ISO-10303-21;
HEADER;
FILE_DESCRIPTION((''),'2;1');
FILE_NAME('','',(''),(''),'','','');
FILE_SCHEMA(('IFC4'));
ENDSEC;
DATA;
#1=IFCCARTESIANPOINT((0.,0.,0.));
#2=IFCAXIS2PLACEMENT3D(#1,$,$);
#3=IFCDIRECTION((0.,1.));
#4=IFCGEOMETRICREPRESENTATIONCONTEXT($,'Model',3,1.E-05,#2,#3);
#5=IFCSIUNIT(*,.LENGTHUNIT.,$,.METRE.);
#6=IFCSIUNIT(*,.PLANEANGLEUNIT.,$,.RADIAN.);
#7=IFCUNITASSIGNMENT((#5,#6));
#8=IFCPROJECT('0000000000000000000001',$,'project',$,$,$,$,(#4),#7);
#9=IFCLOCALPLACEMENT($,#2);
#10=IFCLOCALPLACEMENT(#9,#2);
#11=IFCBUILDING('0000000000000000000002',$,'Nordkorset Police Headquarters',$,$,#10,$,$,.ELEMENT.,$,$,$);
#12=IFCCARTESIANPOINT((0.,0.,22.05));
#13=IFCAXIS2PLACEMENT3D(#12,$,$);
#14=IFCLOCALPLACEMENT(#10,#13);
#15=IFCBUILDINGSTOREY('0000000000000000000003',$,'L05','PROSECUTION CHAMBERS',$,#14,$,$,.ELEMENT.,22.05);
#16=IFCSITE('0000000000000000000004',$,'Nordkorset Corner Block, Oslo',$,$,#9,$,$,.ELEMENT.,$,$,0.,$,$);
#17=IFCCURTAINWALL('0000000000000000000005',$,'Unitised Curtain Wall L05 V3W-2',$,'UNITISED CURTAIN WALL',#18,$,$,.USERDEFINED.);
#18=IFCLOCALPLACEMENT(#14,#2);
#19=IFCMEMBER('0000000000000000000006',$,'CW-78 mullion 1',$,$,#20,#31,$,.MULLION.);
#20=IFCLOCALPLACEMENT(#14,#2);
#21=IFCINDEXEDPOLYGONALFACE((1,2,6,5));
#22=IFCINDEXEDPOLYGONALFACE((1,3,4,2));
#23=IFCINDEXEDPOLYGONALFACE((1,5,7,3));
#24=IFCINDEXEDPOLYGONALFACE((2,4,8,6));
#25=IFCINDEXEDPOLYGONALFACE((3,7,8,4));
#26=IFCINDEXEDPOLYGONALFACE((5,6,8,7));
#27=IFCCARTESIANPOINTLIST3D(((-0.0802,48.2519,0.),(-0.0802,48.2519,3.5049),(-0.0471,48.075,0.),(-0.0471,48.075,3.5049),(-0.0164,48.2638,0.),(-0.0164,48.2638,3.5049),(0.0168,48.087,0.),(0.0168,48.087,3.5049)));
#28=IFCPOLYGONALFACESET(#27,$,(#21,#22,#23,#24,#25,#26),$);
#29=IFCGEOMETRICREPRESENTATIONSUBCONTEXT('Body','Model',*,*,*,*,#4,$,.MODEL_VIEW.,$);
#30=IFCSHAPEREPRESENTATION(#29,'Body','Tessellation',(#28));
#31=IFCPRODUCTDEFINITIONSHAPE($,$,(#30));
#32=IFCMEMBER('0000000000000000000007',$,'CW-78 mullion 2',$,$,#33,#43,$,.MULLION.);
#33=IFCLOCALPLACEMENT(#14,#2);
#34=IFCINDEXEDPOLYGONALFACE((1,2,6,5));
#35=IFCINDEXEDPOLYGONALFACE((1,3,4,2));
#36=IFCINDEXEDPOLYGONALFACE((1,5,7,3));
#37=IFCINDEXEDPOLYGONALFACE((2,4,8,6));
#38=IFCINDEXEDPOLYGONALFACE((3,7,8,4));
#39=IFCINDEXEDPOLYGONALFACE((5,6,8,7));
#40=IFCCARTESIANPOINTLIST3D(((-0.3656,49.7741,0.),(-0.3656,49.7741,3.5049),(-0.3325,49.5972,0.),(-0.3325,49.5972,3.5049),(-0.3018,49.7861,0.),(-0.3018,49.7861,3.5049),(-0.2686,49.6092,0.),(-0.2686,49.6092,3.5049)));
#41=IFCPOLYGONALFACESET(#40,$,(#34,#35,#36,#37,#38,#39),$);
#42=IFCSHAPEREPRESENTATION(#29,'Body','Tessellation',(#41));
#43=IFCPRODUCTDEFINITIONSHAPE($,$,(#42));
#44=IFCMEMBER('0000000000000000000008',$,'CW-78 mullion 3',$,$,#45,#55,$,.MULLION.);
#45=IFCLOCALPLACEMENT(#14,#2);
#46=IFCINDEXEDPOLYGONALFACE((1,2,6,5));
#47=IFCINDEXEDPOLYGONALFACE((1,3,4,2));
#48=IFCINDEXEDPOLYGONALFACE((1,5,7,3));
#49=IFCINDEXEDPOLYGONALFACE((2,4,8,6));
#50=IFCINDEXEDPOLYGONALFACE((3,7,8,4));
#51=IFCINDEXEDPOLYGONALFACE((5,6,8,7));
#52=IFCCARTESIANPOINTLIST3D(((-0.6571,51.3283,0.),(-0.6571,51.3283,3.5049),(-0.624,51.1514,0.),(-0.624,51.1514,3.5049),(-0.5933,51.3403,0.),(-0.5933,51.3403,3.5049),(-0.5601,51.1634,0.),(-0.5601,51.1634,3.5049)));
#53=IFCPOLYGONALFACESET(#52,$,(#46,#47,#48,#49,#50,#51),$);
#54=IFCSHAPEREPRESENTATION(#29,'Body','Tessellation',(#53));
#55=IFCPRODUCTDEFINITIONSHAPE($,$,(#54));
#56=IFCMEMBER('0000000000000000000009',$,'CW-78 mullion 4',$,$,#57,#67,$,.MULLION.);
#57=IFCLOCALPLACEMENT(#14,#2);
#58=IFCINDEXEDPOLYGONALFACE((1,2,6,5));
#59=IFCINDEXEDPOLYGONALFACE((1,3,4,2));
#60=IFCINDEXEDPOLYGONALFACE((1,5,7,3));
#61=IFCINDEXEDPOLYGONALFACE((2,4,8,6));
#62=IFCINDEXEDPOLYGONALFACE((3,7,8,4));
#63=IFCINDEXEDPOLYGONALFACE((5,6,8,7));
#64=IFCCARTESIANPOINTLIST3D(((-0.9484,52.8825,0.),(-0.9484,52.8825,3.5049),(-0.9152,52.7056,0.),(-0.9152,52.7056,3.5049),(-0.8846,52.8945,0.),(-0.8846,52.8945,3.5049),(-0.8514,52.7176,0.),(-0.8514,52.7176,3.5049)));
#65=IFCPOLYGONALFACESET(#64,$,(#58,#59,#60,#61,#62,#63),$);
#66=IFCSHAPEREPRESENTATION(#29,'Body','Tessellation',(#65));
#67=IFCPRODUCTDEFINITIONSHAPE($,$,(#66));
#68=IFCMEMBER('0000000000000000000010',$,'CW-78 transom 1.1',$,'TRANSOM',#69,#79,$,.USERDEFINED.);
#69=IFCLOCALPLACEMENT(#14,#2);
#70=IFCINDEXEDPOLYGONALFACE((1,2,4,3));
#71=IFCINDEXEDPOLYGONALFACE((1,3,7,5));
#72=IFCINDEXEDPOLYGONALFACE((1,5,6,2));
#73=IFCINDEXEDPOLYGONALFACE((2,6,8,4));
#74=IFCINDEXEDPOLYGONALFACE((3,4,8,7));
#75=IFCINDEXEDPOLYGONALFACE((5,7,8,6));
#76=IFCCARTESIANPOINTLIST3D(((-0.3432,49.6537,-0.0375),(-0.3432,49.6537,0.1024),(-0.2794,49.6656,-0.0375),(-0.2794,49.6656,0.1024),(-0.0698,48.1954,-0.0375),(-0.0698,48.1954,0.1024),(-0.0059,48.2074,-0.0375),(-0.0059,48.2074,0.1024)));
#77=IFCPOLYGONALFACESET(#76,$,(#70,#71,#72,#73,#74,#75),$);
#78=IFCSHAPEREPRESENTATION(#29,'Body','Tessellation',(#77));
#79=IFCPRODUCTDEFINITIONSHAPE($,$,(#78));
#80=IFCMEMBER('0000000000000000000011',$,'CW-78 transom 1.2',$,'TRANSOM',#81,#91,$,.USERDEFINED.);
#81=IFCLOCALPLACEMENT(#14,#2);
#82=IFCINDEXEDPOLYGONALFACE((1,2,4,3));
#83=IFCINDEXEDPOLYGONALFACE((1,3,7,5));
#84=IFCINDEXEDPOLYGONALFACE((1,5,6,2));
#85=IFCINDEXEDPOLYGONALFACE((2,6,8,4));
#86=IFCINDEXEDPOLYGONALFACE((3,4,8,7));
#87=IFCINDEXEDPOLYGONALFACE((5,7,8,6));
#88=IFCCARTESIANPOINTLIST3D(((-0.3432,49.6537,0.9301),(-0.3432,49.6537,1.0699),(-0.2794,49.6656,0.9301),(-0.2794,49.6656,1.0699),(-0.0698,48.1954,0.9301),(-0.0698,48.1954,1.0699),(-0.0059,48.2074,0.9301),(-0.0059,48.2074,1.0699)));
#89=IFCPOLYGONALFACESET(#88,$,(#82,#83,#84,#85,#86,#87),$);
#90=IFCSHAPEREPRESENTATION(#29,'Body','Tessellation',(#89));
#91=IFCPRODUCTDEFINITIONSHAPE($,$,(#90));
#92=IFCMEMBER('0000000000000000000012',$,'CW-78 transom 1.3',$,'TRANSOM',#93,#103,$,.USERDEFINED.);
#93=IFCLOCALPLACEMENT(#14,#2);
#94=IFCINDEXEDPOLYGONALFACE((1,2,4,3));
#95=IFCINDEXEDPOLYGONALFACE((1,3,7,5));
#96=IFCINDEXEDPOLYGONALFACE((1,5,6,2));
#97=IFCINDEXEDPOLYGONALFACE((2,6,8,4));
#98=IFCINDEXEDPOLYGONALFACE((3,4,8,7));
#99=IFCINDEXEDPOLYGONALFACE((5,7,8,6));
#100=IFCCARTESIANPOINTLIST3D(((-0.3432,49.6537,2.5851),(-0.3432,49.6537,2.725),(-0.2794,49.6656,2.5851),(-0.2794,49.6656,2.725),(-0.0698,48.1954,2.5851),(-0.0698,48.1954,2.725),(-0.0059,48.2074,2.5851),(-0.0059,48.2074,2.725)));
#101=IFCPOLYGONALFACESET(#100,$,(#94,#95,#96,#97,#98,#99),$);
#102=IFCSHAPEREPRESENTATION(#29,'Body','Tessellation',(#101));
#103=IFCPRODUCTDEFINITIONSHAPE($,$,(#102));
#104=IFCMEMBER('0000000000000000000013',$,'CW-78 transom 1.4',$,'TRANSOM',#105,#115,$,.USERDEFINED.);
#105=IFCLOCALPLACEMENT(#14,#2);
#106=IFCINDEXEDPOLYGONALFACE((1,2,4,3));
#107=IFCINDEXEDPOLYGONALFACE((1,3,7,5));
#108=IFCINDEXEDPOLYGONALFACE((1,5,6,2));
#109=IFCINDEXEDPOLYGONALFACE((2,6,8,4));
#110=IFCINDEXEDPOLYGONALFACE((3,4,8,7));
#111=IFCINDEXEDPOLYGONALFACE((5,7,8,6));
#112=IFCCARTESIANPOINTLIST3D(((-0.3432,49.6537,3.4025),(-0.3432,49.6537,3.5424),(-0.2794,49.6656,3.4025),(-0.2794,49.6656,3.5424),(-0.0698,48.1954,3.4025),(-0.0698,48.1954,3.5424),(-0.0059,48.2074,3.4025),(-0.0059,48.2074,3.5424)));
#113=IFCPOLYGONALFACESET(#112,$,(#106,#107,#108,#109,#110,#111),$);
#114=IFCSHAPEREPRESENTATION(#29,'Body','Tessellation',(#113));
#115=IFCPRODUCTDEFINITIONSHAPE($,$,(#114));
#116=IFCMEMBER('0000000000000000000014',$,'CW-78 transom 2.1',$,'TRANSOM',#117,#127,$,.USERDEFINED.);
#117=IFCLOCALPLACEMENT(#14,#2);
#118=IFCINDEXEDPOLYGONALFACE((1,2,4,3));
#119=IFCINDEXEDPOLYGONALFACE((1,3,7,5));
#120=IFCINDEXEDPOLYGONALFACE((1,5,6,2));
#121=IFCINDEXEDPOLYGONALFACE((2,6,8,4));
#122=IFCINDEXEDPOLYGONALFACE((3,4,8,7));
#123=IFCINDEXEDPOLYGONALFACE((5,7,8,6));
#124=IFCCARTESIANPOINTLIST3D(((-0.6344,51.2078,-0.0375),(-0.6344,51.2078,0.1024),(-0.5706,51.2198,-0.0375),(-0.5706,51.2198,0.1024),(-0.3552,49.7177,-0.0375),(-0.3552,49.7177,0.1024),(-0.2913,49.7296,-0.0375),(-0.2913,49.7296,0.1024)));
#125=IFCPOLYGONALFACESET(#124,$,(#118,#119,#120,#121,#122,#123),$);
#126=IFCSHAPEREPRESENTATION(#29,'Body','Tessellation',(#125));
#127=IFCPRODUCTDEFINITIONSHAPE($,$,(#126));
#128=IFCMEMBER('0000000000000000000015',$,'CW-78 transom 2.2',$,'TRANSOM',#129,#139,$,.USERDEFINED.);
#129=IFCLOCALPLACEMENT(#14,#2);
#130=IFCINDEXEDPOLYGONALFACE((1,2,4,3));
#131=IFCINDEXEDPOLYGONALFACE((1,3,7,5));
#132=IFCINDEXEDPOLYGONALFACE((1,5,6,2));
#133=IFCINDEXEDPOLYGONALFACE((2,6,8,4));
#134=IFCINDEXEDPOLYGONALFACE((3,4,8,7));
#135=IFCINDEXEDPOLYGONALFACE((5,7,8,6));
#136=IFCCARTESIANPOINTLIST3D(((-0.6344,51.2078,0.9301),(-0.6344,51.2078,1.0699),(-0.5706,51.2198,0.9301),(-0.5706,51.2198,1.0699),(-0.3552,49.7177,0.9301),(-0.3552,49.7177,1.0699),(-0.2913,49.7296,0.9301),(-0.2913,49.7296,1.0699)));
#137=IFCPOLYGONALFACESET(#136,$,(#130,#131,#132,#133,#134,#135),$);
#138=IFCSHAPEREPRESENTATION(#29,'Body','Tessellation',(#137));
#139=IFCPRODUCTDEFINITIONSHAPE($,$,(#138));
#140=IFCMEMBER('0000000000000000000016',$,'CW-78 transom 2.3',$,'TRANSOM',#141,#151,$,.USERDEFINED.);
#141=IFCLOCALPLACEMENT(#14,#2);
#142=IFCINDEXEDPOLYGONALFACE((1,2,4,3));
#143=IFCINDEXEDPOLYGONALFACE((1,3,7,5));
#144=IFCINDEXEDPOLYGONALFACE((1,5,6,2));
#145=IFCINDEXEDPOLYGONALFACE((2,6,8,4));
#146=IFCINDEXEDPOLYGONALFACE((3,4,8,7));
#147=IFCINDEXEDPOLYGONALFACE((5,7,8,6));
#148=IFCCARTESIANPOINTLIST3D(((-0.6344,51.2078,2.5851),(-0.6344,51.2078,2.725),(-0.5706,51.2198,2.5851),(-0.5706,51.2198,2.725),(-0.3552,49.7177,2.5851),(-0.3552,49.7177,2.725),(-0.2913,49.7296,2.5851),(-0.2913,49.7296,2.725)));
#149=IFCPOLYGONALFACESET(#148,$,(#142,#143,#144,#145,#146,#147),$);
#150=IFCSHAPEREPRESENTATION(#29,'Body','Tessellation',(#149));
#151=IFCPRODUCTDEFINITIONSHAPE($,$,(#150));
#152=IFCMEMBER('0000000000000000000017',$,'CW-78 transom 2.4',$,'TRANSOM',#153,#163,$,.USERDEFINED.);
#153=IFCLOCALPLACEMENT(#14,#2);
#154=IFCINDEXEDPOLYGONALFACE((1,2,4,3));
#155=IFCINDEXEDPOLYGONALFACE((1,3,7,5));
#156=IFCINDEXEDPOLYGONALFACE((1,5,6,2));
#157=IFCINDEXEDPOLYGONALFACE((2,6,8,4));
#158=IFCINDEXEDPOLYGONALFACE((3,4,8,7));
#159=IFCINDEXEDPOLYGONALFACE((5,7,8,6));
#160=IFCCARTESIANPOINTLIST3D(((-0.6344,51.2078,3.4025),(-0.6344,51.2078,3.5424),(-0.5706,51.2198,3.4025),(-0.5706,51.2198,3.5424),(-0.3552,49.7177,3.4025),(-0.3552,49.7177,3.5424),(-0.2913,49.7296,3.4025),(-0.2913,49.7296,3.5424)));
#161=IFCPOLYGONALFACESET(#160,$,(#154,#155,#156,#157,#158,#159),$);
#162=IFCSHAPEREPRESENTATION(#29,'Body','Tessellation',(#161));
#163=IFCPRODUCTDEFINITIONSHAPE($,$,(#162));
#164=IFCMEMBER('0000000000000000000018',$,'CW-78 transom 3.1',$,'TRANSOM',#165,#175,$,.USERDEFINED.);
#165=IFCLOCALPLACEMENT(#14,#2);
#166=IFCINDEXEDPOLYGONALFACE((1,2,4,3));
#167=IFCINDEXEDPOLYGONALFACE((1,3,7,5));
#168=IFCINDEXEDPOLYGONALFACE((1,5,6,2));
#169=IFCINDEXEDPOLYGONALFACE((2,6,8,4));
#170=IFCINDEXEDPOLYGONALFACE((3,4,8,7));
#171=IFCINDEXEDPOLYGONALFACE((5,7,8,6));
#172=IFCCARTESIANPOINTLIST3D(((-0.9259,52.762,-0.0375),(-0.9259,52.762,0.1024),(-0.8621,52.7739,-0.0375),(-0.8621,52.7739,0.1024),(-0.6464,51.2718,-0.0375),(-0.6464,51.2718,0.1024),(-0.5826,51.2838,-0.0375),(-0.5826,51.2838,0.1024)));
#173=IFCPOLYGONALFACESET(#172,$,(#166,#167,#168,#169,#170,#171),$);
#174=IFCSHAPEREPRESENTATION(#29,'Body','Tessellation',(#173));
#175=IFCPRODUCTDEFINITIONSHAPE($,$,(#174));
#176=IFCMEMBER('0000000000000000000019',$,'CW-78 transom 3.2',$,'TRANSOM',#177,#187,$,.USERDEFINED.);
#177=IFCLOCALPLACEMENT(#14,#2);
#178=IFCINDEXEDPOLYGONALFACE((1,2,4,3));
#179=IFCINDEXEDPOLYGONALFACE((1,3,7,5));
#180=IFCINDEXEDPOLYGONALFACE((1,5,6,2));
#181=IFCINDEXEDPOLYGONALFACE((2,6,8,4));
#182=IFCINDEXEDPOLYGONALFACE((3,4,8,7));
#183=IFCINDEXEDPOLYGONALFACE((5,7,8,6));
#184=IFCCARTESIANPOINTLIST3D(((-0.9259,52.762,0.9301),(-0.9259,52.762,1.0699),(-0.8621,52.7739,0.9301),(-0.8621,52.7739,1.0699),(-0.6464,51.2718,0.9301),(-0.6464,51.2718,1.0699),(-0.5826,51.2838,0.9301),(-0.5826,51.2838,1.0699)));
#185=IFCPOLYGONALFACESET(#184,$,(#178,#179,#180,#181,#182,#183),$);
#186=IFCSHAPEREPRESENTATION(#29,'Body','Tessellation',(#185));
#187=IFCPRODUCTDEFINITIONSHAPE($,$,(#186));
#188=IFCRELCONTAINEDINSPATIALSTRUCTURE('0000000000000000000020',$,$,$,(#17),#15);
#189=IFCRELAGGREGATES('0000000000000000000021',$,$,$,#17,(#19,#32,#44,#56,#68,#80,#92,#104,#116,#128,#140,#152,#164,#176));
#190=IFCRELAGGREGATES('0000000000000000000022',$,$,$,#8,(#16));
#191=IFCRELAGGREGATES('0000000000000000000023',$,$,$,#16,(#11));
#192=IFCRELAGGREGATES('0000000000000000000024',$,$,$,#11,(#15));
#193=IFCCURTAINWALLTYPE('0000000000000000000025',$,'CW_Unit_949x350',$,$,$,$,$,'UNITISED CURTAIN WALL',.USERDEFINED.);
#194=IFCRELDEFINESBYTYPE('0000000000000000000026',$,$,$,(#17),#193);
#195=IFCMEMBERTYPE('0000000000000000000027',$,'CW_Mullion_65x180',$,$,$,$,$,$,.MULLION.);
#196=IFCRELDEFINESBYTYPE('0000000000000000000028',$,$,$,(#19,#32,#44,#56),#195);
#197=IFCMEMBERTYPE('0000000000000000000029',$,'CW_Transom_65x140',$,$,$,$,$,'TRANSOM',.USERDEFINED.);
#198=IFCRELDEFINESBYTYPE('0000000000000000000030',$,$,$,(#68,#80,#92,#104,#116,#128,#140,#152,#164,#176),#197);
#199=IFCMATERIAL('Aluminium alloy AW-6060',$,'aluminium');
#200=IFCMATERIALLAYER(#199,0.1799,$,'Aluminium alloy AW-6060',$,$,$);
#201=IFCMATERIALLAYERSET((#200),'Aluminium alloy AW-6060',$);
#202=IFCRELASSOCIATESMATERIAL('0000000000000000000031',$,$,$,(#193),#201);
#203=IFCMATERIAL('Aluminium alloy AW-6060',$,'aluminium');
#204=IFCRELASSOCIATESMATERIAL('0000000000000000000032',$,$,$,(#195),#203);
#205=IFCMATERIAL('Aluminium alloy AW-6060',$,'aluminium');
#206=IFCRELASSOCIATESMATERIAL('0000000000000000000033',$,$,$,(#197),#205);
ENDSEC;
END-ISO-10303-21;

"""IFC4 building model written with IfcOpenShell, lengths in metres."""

from ifc_helpers import new_model, si_unit, direction, frame, origin, origin_2d, place, context, subcontext, project, spatial, rectangle, extrude, material, layer, layer_set, material_profile, profile_set, type_object, element, aggregate, save


model = new_model("IFC4")

# Units and contexts
model_context = context("Model", 3, precision=1e-05, world=origin(), true_north=direction((0.0, 1.0)))
body_context = subcontext(model_context, "Body", "Model", "MODEL_VIEW")
ifc_project = project(units=[si_unit("LENGTHUNIT", "METRE"), si_unit("PLANEANGLEUNIT", "RADIAN")], contexts=[model_context])

# Site, building, storey
site_placement = place(None, origin())
site = spatial("IfcSite", under=ifc_project, at=site_placement, Name="Nordkorset Corner Block, Oslo", CompositionType="ELEMENT", RefElevation=0.0)
building_placement = place(site_placement, origin())
building = spatial("IfcBuilding", under=site, at=building_placement, Name="Nordkorset Police Headquarters", CompositionType="ELEMENT")
storey_placement = place(building_placement, frame((0.0, 0.0, 22.05)))
storey = spatial("IfcBuildingStorey", under=building, at=storey_placement, Name="L05", Description="PROSECUTION CHAMBERS", CompositionType="ELEMENT", Elevation=22.05)

# Curtain wall, members
ifc_material_1 = material(Name="Aluminium alloy AW-6060", Category="aluminium")
ifc_layer_1 = layer(ifc_material_1, 0.1799, Name="Aluminium alloy AW-6060")
ifc_layer_set_1 = layer_set([ifc_layer_1], Name="Aluminium alloy AW-6060")
curtain_wall_type = type_object("IfcCurtainWallType", Name="CW_Unit_949x350", ElementType="UNITISED CURTAIN WALL", PredefinedType="USERDEFINED", material=ifc_layer_set_1)
curtain_wall_placement = place(storey_placement, origin())
curtain_wall = element("IfcCurtainWall", 1, at=curtain_wall_placement, inside=storey, type_object=curtain_wall_type, Name="Unitised Curtain Wall L05 V3W-2", ObjectType="UNITISED CURTAIN WALL", PredefinedType="USERDEFINED")
ifc_material_2 = material(Name="Aluminium alloy AW-6060", Category="aluminium")
ifc_material_profile_1 = material_profile(ifc_material_2, rectangle(XDim=0.0649, YDim=0.1799, at=origin_2d()), Name="ALU MULL 65x180")
ifc_profile_set_1 = profile_set([ifc_material_profile_1], Name="Aluminium alloy AW-6060")
member_type_1 = type_object("IfcMemberType", Name="CW_Mullion_65x180", PredefinedType="MULLION", material=ifc_profile_set_1)
member_1_placement = place(storey_placement, frame((-0.0317, 48.1694, 0.0), z_axis=(0.0, 0.0, 1.0), x_axis=(-0.982872, -0.184289, 0.0)))
member_1 = element("IfcMember", 2, at=member_1_placement, type_object=member_type_1, Name="CW-78 mullion 1", PredefinedType="MULLION", context=body_context, shape_type="SweptSolid", body=[
    extrude(rectangle(XDim=0.0649, YDim=0.1799, at=origin_2d()), origin(), (0.0, 0.0, 1.0), 3.5049),
])
member_2_placement = place(storey_placement, frame((-0.3171, 49.6917, 0.0), z_axis=(0.0, 0.0, 1.0), x_axis=(-0.982872, -0.184289, 0.0)))
member_2 = element("IfcMember", 3, at=member_2_placement, type_object=member_type_1, Name="CW-78 mullion 2", PredefinedType="MULLION", context=body_context, shape_type="SweptSolid", body=[
    extrude(rectangle(XDim=0.0649, YDim=0.1799, at=origin_2d()), origin(), (0.0, 0.0, 1.0), 3.5049),
])
member_3_placement = place(storey_placement, frame((-0.6086, 51.2458, 0.0), z_axis=(0.0, 0.0, 1.0), x_axis=(-0.982872, -0.184289, 0.0)))
member_3 = element("IfcMember", 4, at=member_3_placement, type_object=member_type_1, Name="CW-78 mullion 3", PredefinedType="MULLION", context=body_context, shape_type="SweptSolid", body=[
    extrude(rectangle(XDim=0.0649, YDim=0.1799, at=origin_2d()), origin(), (0.0, 0.0, 1.0), 3.5049),
])
member_4_placement = place(storey_placement, frame((-0.8999, 52.8, 0.0), z_axis=(0.0, 0.0, 1.0), x_axis=(-0.982872, -0.184289, 0.0)))
member_4 = element("IfcMember", 5, at=member_4_placement, type_object=member_type_1, Name="CW-78 mullion 4", PredefinedType="MULLION", context=body_context, shape_type="SweptSolid", body=[
    extrude(rectangle(XDim=0.0649, YDim=0.1799, at=origin_2d()), origin(), (0.0, 0.0, 1.0), 3.5049),
])
ifc_material_3 = material(Name="Aluminium alloy AW-6060", Category="aluminium")
ifc_material_profile_2 = material_profile(ifc_material_3, rectangle(XDim=0.0649, YDim=0.1399, at=origin_2d()), Name="ALU TRAN 65x140")
ifc_profile_set_2 = profile_set([ifc_material_profile_2], Name="Aluminium alloy AW-6060")
member_type_2 = type_object("IfcMemberType", Name="CW_Transom_65x140", ElementType="TRANSOM", PredefinedType="USERDEFINED", material=ifc_profile_set_2)
member_5_placement = place(storey_placement, frame((-0.0378, 48.2014, 0.0325), z_axis=(-0.184298, 0.98287, 0.0), x_axis=(-0.98287, -0.184298, 0.0)))
member_5 = element("IfcMember", 6, at=member_5_placement, type_object=member_type_2, Name="CW-78 transom 1.1", ObjectType="TRANSOM", PredefinedType="USERDEFINED", context=body_context, shape_type="SweptSolid", body=[
    extrude(rectangle(XDim=0.0649, YDim=0.1399, at=origin_2d()), origin(), (0.0, 0.0, 1.0), 1.4836),
])
member_6_placement = place(storey_placement, frame((-0.0378, 48.2014, 1.0), z_axis=(-0.184298, 0.98287, 0.0), x_axis=(-0.98287, -0.184298, 0.0)))
member_6 = element("IfcMember", 7, at=member_6_placement, type_object=member_type_2, Name="CW-78 transom 1.2", ObjectType="TRANSOM", PredefinedType="USERDEFINED", context=body_context, shape_type="SweptSolid", body=[
    extrude(rectangle(XDim=0.0649, YDim=0.1399, at=origin_2d()), origin(), (0.0, 0.0, 1.0), 1.4836),
])
member_7_placement = place(storey_placement, frame((-0.0378, 48.2014, 2.655), z_axis=(-0.184298, 0.98287, 0.0), x_axis=(-0.98287, -0.184298, 0.0)))
member_7 = element("IfcMember", 8, at=member_7_placement, type_object=member_type_2, Name="CW-78 transom 1.3", ObjectType="TRANSOM", PredefinedType="USERDEFINED", context=body_context, shape_type="SweptSolid", body=[
    extrude(rectangle(XDim=0.0649, YDim=0.1399, at=origin_2d()), origin(), (0.0, 0.0, 1.0), 1.4836),
])
member_8_placement = place(storey_placement, frame((-0.0378, 48.2014, 3.4724), z_axis=(-0.184298, 0.98287, 0.0), x_axis=(-0.98287, -0.184298, 0.0)))
member_8 = element("IfcMember", 9, at=member_8_placement, type_object=member_type_2, Name="CW-78 transom 1.4", ObjectType="TRANSOM", PredefinedType="USERDEFINED", context=body_context, shape_type="SweptSolid", body=[
    extrude(rectangle(XDim=0.0649, YDim=0.1399, at=origin_2d()), origin(), (0.0, 0.0, 1.0), 1.4836),
])
member_9_placement = place(storey_placement, frame((-0.3232, 49.7236, 0.0325), z_axis=(-0.184211, 0.982887, 0.0), x_axis=(-0.982887, -0.184211, 0.0)))
member_9 = element("IfcMember", 10, at=member_9_placement, type_object=member_type_2, Name="CW-78 transom 2.1", ObjectType="TRANSOM", PredefinedType="USERDEFINED", context=body_context, shape_type="SweptSolid", body=[
    extrude(rectangle(XDim=0.0649, YDim=0.1399, at=origin_2d()), origin(), (0.0, 0.0, 1.0), 1.5161),
])
member_10_placement = place(storey_placement, frame((-0.3232, 49.7236, 1.0), z_axis=(-0.184211, 0.982887, 0.0), x_axis=(-0.982887, -0.184211, 0.0)))
member_10 = element("IfcMember", 11, at=member_10_placement, type_object=member_type_2, Name="CW-78 transom 2.2", ObjectType="TRANSOM", PredefinedType="USERDEFINED", context=body_context, shape_type="SweptSolid", body=[
    extrude(rectangle(XDim=0.0649, YDim=0.1399, at=origin_2d()), origin(), (0.0, 0.0, 1.0), 1.5161),
])
member_11_placement = place(storey_placement, frame((-0.3232, 49.7236, 2.655), z_axis=(-0.184211, 0.982887, 0.0), x_axis=(-0.982887, -0.184211, 0.0)))
member_11 = element("IfcMember", 12, at=member_11_placement, type_object=member_type_2, Name="CW-78 transom 2.3", ObjectType="TRANSOM", PredefinedType="USERDEFINED", context=body_context, shape_type="SweptSolid", body=[
    extrude(rectangle(XDim=0.0649, YDim=0.1399, at=origin_2d()), origin(), (0.0, 0.0, 1.0), 1.5161),
])
member_12_placement = place(storey_placement, frame((-0.3232, 49.7236, 3.4724), z_axis=(-0.184211, 0.982887, 0.0), x_axis=(-0.982887, -0.184211, 0.0)))
member_12 = element("IfcMember", 13, at=member_12_placement, type_object=member_type_2, Name="CW-78 transom 2.4", ObjectType="TRANSOM", PredefinedType="USERDEFINED", context=body_context, shape_type="SweptSolid", body=[
    extrude(rectangle(XDim=0.0649, YDim=0.1399, at=origin_2d()), origin(), (0.0, 0.0, 1.0), 1.5161),
])
member_13_placement = place(storey_placement, frame((-0.6145, 51.2778, 0.0325), z_axis=(-0.184366, 0.982858, 0.0), x_axis=(-0.982858, -0.184366, 0.0)))
member_13 = element("IfcMember", 14, at=member_13_placement, type_object=member_type_2, Name="CW-78 transom 3.1", ObjectType="TRANSOM", PredefinedType="USERDEFINED", context=body_context, shape_type="SweptSolid", body=[
    extrude(rectangle(XDim=0.0649, YDim=0.1399, at=origin_2d()), origin(), (0.0, 0.0, 1.0), 1.5161),
])
member_14_placement = place(storey_placement, frame((-0.6145, 51.2778, 1.0), z_axis=(-0.184366, 0.982858, 0.0), x_axis=(-0.982858, -0.184366, 0.0)))
member_14 = element("IfcMember", 15, at=member_14_placement, type_object=member_type_2, Name="CW-78 transom 3.2", ObjectType="TRANSOM", PredefinedType="USERDEFINED", context=body_context, shape_type="SweptSolid", body=[
    extrude(rectangle(XDim=0.0649, YDim=0.1399, at=origin_2d()), origin(), (0.0, 0.0, 1.0), 1.5161),
])

aggregate(curtain_wall, [member_1, member_2, member_3, member_4, member_5, member_6, member_7, member_8, member_9, member_10, member_11, member_12, member_13, member_14])

save(model, "model.ifc")
